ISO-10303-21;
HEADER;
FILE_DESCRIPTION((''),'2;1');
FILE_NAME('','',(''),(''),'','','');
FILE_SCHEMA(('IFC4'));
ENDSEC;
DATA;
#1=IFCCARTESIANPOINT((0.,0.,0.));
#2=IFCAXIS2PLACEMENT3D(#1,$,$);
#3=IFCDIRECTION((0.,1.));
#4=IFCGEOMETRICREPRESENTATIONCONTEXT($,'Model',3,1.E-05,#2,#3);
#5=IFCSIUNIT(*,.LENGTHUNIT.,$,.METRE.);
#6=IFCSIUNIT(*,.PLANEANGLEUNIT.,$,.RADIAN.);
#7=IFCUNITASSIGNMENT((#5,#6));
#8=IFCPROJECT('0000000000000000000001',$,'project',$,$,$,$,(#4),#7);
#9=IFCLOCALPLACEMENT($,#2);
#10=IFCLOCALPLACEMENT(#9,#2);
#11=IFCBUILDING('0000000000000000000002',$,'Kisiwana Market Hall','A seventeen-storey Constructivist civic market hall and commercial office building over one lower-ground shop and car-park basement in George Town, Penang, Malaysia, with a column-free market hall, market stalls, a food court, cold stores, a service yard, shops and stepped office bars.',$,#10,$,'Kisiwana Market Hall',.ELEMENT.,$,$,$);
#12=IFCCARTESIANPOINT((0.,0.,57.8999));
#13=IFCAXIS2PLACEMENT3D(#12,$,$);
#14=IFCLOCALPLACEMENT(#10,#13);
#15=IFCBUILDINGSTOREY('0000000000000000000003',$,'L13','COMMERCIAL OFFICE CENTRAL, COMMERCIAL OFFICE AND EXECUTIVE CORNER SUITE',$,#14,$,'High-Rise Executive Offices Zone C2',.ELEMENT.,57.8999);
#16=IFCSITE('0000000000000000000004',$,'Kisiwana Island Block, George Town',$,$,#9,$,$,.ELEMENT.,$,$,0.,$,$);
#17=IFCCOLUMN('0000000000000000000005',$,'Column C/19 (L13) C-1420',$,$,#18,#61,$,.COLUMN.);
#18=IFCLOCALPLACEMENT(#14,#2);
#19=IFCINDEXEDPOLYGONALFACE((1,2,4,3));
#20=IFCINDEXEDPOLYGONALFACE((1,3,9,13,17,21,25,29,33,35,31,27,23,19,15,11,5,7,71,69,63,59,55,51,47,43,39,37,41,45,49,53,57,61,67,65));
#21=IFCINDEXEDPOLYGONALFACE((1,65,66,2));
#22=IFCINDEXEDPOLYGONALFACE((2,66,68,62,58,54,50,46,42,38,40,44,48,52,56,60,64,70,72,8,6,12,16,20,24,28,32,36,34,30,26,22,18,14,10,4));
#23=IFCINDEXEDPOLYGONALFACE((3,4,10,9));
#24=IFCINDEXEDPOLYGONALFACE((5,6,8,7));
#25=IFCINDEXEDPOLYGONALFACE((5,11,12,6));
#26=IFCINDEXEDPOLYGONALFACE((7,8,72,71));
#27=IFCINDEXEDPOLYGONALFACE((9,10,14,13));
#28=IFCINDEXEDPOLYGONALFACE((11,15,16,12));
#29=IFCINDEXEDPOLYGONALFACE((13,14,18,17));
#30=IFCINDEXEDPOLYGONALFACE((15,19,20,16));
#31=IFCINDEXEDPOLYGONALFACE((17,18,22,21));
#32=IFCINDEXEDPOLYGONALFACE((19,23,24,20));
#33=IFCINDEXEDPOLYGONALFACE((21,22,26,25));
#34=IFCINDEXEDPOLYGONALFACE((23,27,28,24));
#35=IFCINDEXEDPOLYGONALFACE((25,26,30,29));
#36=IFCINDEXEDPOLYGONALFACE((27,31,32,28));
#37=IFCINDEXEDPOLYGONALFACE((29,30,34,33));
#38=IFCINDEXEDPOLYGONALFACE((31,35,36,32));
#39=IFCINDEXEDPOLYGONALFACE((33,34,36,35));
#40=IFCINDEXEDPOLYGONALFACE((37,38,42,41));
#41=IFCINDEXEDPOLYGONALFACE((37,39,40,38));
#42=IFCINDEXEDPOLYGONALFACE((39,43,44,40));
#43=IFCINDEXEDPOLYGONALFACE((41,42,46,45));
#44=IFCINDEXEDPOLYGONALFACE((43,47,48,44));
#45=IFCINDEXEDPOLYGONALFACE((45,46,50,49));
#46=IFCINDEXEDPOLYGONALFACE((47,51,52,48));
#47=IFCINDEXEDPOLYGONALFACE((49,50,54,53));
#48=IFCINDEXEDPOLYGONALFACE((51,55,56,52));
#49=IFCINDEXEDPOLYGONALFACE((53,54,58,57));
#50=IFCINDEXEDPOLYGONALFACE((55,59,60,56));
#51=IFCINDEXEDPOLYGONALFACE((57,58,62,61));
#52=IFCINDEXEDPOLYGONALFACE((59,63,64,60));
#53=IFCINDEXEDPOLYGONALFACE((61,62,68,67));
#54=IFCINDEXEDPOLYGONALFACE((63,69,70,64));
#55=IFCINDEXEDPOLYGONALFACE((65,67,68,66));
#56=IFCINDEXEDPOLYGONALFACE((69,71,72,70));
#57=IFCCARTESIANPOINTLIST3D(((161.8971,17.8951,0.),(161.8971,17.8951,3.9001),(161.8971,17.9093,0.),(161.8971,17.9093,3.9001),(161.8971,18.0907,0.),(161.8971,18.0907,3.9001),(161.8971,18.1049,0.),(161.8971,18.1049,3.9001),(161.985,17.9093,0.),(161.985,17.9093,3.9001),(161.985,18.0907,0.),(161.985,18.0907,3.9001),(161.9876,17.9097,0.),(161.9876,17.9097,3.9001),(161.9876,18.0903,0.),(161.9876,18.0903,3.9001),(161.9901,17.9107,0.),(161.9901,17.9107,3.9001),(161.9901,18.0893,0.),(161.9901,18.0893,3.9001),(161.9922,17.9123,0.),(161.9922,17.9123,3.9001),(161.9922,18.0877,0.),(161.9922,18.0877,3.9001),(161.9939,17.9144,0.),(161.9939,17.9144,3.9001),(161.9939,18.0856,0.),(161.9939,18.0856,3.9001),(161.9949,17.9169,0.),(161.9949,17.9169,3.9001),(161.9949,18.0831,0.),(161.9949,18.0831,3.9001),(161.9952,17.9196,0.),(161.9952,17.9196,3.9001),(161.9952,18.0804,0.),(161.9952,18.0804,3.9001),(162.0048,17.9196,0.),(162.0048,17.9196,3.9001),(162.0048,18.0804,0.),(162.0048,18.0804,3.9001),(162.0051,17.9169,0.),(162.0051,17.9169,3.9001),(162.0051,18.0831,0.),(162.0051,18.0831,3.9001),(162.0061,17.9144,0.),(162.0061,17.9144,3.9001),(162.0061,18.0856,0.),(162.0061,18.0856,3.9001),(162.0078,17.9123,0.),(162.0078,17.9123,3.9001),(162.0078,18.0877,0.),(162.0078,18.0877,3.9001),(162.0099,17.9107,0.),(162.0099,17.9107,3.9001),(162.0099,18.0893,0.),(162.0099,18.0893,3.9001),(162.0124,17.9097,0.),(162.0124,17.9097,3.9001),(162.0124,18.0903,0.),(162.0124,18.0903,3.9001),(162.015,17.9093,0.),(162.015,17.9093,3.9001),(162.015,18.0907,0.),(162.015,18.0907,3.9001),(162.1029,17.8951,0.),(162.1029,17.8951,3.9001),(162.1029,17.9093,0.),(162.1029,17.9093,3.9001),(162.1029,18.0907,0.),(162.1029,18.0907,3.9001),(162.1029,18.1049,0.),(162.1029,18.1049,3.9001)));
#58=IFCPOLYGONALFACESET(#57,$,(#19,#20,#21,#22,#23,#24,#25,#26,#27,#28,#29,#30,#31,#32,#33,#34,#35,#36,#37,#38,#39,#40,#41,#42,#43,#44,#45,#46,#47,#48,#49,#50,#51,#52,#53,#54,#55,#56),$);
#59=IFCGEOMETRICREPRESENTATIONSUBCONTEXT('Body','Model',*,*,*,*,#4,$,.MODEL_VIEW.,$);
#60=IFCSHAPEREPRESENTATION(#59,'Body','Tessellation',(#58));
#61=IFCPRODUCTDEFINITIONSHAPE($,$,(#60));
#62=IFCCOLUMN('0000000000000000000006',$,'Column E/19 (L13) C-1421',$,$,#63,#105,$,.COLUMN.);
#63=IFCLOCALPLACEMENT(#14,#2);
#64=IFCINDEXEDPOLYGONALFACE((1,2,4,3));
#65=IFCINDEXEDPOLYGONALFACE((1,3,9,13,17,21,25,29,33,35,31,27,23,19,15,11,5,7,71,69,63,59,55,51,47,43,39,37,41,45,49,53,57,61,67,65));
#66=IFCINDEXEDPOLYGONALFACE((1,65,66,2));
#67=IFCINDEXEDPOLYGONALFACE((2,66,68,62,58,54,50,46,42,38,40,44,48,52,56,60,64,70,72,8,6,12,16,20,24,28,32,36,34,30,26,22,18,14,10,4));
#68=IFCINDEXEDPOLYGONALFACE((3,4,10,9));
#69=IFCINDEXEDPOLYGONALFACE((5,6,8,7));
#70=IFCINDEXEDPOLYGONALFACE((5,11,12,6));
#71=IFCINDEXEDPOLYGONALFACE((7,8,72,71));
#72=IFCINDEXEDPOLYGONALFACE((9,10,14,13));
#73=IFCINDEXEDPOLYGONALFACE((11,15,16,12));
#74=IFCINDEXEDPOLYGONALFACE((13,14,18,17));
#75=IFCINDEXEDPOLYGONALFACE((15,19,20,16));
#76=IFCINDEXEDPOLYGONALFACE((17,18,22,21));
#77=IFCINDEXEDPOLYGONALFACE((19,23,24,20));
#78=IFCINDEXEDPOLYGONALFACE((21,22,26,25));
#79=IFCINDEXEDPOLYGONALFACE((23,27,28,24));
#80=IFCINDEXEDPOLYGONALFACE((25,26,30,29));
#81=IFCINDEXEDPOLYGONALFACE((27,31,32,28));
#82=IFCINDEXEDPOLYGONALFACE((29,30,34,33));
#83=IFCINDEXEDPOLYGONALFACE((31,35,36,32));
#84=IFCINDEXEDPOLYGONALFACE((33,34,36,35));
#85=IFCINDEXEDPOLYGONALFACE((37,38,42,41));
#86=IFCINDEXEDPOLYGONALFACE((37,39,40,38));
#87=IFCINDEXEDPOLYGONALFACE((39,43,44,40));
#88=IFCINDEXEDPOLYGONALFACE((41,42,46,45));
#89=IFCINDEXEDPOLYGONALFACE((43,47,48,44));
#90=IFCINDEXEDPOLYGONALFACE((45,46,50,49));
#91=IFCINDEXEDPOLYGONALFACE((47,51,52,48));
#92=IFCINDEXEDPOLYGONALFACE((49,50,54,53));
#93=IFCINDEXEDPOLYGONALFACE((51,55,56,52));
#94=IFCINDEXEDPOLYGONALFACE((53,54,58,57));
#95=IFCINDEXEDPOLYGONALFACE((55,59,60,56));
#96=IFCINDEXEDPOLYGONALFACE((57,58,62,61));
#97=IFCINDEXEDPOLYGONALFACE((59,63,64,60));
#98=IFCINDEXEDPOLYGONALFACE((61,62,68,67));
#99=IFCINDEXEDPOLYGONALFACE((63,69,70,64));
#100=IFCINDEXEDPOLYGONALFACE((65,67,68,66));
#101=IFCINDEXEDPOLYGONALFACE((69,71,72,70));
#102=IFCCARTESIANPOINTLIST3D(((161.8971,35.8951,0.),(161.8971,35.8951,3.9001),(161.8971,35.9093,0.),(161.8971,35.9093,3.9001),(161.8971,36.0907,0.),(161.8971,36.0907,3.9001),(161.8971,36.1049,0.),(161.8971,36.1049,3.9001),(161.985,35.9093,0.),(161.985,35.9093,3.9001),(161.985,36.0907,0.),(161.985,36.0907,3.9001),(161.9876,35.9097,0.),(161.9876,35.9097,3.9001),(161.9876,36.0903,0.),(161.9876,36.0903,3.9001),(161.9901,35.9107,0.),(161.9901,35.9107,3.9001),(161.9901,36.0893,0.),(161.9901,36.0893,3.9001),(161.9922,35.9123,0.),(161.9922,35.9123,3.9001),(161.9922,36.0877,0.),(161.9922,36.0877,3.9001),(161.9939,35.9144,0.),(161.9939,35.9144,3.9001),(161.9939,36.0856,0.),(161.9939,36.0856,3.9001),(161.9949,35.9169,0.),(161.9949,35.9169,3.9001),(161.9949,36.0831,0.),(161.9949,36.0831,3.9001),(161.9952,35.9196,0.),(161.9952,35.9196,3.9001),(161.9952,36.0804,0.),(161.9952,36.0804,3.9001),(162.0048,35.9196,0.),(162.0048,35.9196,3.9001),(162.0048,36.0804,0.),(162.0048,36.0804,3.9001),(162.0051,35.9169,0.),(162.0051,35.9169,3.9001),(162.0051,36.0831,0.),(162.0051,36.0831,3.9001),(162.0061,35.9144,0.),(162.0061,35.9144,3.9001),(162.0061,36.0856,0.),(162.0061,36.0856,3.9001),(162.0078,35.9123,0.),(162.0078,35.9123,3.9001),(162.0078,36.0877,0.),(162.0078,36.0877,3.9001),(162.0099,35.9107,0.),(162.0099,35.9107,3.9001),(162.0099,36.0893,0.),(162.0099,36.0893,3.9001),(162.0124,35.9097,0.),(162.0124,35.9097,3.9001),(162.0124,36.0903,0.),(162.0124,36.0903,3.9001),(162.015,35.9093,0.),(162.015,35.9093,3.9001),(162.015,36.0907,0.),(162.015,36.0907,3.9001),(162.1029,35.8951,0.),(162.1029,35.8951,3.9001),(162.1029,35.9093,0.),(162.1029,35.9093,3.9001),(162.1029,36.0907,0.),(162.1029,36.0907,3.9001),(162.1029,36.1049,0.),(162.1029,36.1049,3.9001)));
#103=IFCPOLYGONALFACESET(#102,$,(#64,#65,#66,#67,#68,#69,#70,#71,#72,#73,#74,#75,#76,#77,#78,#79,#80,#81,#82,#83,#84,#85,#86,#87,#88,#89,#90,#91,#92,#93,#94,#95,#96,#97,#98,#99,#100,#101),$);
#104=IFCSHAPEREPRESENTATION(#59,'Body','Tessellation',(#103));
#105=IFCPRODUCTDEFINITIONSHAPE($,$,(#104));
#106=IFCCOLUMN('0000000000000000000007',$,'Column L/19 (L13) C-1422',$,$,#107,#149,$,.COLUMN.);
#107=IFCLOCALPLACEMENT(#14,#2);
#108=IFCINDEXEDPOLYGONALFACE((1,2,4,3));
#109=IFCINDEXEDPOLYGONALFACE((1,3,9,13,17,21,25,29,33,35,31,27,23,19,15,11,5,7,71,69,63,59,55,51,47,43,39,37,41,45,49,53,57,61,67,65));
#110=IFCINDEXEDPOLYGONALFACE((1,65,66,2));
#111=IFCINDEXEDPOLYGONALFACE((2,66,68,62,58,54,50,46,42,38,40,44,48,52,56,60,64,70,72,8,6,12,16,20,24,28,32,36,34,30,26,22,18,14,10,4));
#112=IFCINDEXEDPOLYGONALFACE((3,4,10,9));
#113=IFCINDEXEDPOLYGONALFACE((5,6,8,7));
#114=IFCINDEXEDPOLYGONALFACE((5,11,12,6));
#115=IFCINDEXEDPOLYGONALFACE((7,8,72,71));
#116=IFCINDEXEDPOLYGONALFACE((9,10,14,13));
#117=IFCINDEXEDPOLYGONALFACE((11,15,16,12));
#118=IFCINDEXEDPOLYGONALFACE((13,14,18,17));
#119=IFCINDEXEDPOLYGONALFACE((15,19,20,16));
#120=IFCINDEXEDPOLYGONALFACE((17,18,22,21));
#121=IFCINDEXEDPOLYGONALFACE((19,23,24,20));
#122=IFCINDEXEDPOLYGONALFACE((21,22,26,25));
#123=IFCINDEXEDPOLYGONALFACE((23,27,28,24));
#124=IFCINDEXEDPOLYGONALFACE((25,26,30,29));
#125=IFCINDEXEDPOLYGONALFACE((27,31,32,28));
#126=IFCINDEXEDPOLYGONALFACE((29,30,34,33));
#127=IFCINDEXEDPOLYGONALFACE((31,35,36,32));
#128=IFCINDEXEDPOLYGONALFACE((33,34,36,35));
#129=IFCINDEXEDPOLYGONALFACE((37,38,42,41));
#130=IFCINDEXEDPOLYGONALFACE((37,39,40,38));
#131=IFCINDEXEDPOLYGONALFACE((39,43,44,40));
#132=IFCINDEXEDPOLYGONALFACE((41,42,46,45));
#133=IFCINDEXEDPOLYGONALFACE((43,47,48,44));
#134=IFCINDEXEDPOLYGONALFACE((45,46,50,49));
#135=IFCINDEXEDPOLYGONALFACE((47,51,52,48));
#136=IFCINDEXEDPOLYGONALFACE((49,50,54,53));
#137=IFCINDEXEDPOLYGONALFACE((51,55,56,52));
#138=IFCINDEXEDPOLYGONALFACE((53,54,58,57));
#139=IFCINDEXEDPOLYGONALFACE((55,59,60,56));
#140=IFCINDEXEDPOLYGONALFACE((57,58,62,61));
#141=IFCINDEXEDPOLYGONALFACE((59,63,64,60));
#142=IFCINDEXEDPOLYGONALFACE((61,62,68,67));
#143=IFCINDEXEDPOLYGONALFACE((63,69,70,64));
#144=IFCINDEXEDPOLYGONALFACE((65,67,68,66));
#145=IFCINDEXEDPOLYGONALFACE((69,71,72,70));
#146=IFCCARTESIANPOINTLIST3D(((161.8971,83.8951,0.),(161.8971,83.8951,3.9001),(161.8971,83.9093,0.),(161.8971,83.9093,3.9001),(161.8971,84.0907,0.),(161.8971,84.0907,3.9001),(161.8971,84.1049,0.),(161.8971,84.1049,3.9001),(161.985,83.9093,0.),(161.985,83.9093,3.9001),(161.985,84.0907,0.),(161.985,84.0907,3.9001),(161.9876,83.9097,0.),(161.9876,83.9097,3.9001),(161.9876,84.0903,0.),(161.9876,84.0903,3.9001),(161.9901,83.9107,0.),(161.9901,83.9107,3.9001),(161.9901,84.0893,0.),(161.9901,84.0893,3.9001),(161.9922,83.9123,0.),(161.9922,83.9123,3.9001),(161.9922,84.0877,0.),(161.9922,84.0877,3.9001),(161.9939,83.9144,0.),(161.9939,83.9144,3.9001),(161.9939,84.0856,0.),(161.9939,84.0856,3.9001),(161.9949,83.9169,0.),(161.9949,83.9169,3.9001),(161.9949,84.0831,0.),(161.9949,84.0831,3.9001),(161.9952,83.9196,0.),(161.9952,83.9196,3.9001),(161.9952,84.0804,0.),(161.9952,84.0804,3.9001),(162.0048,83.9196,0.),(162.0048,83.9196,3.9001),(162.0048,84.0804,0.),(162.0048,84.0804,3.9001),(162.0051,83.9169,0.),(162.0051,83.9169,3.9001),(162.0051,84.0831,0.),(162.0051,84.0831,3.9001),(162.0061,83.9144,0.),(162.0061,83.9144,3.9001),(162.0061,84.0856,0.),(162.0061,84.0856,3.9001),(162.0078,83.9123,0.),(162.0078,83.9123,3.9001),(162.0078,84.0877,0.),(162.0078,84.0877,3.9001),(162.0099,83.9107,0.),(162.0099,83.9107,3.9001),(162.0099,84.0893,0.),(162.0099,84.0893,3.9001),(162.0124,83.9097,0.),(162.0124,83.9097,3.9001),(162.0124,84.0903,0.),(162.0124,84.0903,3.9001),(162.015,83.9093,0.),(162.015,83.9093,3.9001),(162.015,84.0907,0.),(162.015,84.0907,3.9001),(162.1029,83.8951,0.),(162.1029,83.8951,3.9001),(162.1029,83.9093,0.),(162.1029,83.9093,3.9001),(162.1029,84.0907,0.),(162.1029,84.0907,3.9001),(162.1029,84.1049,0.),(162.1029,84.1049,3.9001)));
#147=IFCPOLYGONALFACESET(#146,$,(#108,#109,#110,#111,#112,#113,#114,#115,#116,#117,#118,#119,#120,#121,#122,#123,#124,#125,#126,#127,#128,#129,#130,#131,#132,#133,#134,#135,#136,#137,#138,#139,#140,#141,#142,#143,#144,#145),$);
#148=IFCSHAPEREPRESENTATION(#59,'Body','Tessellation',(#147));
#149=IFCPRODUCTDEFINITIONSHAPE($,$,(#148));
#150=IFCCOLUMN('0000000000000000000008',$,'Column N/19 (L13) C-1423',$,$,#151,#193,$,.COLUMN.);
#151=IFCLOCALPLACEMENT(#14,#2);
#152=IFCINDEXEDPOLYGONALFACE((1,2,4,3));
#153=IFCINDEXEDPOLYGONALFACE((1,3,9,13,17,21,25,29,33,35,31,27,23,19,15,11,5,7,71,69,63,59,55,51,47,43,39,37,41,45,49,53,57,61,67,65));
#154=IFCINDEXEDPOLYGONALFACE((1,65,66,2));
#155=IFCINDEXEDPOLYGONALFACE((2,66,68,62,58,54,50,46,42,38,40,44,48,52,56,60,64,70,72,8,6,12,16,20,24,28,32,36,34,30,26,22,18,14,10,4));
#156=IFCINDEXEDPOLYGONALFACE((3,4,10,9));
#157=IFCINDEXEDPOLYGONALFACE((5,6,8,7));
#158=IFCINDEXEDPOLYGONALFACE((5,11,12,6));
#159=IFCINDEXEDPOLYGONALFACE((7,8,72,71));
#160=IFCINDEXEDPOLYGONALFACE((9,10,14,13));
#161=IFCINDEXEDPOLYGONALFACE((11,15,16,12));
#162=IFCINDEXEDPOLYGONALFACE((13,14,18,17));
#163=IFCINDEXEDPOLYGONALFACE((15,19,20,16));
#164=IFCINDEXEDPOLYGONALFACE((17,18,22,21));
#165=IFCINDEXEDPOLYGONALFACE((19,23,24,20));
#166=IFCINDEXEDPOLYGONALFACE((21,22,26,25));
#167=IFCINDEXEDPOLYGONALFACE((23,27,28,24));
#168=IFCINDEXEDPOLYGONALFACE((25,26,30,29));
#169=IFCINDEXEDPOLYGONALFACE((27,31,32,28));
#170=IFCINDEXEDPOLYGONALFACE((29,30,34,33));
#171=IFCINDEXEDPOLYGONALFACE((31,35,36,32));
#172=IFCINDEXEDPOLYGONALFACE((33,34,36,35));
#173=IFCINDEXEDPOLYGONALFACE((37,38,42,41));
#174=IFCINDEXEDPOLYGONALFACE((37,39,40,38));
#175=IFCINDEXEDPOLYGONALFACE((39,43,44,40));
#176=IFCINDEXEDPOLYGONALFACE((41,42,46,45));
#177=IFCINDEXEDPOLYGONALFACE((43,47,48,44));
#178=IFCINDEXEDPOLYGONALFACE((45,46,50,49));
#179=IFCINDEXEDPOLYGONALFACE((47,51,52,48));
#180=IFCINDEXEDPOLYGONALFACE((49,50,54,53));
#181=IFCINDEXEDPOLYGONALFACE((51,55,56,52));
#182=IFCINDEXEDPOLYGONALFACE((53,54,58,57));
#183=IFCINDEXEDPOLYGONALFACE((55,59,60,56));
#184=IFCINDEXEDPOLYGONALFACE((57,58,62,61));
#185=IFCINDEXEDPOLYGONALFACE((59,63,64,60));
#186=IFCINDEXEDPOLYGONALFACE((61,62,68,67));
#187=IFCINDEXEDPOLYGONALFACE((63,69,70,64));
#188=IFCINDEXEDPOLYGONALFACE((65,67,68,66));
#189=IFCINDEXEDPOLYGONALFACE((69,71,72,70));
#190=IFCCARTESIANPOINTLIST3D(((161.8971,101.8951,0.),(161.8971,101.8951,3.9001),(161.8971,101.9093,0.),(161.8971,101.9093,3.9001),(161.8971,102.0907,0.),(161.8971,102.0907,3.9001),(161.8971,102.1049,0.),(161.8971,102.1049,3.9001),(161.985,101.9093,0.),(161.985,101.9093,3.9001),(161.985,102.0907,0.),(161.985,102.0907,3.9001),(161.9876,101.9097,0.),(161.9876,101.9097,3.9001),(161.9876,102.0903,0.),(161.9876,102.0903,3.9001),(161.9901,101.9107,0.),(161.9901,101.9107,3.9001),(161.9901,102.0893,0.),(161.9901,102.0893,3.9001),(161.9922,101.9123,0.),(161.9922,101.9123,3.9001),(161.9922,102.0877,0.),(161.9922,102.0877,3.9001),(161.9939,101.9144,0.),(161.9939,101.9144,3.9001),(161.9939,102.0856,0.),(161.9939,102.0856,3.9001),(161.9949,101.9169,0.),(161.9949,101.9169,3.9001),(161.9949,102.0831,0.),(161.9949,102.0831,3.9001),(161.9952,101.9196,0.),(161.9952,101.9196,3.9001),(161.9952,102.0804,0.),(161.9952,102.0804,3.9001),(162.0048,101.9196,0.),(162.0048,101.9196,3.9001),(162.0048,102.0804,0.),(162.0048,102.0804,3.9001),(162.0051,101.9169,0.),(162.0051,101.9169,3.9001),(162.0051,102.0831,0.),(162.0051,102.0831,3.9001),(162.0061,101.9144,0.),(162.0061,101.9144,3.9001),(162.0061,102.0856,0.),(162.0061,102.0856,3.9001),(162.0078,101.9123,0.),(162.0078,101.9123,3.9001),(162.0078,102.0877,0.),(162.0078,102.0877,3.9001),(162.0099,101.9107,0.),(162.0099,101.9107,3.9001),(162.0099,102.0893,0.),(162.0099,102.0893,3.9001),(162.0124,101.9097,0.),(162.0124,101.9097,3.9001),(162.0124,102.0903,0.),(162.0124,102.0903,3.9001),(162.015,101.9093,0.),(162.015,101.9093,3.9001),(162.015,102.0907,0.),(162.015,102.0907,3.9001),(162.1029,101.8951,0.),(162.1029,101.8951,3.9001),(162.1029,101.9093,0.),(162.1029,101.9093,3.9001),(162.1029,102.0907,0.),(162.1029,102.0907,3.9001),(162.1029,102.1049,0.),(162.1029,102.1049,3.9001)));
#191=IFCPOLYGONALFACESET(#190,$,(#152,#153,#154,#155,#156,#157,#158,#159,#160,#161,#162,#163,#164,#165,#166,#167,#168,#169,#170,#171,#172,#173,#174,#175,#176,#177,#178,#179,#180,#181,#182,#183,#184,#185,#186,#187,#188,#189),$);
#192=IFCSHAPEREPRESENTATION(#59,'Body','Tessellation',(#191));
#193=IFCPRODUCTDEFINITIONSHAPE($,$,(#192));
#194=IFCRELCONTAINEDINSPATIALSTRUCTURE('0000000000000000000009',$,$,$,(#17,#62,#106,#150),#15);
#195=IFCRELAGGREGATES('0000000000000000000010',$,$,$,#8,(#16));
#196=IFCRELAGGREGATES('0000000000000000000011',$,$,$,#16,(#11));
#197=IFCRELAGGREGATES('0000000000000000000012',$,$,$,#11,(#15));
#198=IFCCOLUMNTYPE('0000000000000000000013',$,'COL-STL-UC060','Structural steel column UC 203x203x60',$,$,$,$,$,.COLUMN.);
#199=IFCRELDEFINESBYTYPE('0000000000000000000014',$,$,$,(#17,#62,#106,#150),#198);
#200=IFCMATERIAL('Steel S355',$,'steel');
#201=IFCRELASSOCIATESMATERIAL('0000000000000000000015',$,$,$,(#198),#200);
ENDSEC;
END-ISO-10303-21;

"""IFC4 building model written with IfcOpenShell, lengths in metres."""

from ifc_helpers import new_model, si_unit, direction, frame, origin, origin_2d, place, context, subcontext, project, spatial, i_section, extrude, material, material_profile, profile_set, type_object, element, save


model = new_model("IFC4")

# Units and contexts
model_context = context("Model", 3, precision=1e-05, world=origin(), true_north=direction((0.0, 1.0)))
body_context = subcontext(model_context, "Body", "Model", "MODEL_VIEW")
ifc_project = project(units=[si_unit("LENGTHUNIT", "METRE"), si_unit("PLANEANGLEUNIT", "RADIAN")], contexts=[model_context])

# Site, building, storey
site_placement = place(None, origin())
site = spatial("IfcSite", under=ifc_project, at=site_placement, Name="Kisiwana Island Block, George Town", CompositionType="ELEMENT", RefElevation=0.0)
building_placement = place(site_placement, origin())
building = spatial("IfcBuilding", under=site, at=building_placement, Name="Kisiwana Market Hall", Description="A seventeen-storey Constructivist civic market hall and commercial office building over one lower-ground shop and car-park basement in George Town, Penang, Malaysia, with a column-free market hall, market stalls, a food court, cold stores, a service yard, shops and stepped office bars.", LongName="Kisiwana Market Hall", CompositionType="ELEMENT")
storey_placement = place(building_placement, frame((0.0, 0.0, 57.8999)))
storey = spatial("IfcBuildingStorey", under=building, at=storey_placement, Name="L13", Description="COMMERCIAL OFFICE CENTRAL, COMMERCIAL OFFICE AND EXECUTIVE CORNER SUITE", LongName="High-Rise Executive Offices Zone C2", CompositionType="ELEMENT", Elevation=57.8999)

# Columns
ifc_material_1 = material(Name="Steel S355", Category="steel")
ifc_material_profile_1 = material_profile(ifc_material_1, i_section(OverallWidth=0.2058, OverallDepth=0.2097, WebThickness=0.0095, FlangeThickness=0.0142, FilletRadius=0.0103, at=origin_2d()), Name="UC 203x203x60")
ifc_profile_set_1 = profile_set([ifc_material_profile_1], Name="Steel S355")
column_type = type_object("IfcColumnType", Name="COL-STL-UC060", Description="Structural steel column UC 203x203x60", PredefinedType="COLUMN", material=ifc_profile_set_1)
for number, where, z_axis, x_axis, name in (
    (1, (162.0, 18.0, 0.0), (0.0, 0.0, 1.0), (1.0, 0.0, 0.0), "Column C/19 (L13) C-1420"),
    (2, (162.0, 36.0, 0.0), (0.0, 0.0, 1.0), (1.0, 0.0, 0.0), "Column E/19 (L13) C-1421"),
    (3, (162.0, 84.0, 0.0), (0.0, 0.0, 1.0), (1.0, 0.0, 0.0), "Column L/19 (L13) C-1422"),
    (4, (162.0, 102.0, 0.0), (0.0, 0.0, 1.0), (1.0, 0.0, 0.0), "Column N/19 (L13) C-1423"),
):
    element("IfcColumn", number, at=place(storey_placement, frame(where, z_axis=z_axis, x_axis=x_axis)), inside=storey, type_object=column_type, Name=name, PredefinedType="COLUMN", context=body_context, shape_type="SweptSolid", body=[
        extrude(i_section(OverallWidth=0.2058, OverallDepth=0.2097, WebThickness=0.0095, FlangeThickness=0.0142, FilletRadius=0.0103, at=origin_2d()), origin(), (0.0, 0.0, 1.0), 3.9001),
    ])

save(model, "model.ifc")
